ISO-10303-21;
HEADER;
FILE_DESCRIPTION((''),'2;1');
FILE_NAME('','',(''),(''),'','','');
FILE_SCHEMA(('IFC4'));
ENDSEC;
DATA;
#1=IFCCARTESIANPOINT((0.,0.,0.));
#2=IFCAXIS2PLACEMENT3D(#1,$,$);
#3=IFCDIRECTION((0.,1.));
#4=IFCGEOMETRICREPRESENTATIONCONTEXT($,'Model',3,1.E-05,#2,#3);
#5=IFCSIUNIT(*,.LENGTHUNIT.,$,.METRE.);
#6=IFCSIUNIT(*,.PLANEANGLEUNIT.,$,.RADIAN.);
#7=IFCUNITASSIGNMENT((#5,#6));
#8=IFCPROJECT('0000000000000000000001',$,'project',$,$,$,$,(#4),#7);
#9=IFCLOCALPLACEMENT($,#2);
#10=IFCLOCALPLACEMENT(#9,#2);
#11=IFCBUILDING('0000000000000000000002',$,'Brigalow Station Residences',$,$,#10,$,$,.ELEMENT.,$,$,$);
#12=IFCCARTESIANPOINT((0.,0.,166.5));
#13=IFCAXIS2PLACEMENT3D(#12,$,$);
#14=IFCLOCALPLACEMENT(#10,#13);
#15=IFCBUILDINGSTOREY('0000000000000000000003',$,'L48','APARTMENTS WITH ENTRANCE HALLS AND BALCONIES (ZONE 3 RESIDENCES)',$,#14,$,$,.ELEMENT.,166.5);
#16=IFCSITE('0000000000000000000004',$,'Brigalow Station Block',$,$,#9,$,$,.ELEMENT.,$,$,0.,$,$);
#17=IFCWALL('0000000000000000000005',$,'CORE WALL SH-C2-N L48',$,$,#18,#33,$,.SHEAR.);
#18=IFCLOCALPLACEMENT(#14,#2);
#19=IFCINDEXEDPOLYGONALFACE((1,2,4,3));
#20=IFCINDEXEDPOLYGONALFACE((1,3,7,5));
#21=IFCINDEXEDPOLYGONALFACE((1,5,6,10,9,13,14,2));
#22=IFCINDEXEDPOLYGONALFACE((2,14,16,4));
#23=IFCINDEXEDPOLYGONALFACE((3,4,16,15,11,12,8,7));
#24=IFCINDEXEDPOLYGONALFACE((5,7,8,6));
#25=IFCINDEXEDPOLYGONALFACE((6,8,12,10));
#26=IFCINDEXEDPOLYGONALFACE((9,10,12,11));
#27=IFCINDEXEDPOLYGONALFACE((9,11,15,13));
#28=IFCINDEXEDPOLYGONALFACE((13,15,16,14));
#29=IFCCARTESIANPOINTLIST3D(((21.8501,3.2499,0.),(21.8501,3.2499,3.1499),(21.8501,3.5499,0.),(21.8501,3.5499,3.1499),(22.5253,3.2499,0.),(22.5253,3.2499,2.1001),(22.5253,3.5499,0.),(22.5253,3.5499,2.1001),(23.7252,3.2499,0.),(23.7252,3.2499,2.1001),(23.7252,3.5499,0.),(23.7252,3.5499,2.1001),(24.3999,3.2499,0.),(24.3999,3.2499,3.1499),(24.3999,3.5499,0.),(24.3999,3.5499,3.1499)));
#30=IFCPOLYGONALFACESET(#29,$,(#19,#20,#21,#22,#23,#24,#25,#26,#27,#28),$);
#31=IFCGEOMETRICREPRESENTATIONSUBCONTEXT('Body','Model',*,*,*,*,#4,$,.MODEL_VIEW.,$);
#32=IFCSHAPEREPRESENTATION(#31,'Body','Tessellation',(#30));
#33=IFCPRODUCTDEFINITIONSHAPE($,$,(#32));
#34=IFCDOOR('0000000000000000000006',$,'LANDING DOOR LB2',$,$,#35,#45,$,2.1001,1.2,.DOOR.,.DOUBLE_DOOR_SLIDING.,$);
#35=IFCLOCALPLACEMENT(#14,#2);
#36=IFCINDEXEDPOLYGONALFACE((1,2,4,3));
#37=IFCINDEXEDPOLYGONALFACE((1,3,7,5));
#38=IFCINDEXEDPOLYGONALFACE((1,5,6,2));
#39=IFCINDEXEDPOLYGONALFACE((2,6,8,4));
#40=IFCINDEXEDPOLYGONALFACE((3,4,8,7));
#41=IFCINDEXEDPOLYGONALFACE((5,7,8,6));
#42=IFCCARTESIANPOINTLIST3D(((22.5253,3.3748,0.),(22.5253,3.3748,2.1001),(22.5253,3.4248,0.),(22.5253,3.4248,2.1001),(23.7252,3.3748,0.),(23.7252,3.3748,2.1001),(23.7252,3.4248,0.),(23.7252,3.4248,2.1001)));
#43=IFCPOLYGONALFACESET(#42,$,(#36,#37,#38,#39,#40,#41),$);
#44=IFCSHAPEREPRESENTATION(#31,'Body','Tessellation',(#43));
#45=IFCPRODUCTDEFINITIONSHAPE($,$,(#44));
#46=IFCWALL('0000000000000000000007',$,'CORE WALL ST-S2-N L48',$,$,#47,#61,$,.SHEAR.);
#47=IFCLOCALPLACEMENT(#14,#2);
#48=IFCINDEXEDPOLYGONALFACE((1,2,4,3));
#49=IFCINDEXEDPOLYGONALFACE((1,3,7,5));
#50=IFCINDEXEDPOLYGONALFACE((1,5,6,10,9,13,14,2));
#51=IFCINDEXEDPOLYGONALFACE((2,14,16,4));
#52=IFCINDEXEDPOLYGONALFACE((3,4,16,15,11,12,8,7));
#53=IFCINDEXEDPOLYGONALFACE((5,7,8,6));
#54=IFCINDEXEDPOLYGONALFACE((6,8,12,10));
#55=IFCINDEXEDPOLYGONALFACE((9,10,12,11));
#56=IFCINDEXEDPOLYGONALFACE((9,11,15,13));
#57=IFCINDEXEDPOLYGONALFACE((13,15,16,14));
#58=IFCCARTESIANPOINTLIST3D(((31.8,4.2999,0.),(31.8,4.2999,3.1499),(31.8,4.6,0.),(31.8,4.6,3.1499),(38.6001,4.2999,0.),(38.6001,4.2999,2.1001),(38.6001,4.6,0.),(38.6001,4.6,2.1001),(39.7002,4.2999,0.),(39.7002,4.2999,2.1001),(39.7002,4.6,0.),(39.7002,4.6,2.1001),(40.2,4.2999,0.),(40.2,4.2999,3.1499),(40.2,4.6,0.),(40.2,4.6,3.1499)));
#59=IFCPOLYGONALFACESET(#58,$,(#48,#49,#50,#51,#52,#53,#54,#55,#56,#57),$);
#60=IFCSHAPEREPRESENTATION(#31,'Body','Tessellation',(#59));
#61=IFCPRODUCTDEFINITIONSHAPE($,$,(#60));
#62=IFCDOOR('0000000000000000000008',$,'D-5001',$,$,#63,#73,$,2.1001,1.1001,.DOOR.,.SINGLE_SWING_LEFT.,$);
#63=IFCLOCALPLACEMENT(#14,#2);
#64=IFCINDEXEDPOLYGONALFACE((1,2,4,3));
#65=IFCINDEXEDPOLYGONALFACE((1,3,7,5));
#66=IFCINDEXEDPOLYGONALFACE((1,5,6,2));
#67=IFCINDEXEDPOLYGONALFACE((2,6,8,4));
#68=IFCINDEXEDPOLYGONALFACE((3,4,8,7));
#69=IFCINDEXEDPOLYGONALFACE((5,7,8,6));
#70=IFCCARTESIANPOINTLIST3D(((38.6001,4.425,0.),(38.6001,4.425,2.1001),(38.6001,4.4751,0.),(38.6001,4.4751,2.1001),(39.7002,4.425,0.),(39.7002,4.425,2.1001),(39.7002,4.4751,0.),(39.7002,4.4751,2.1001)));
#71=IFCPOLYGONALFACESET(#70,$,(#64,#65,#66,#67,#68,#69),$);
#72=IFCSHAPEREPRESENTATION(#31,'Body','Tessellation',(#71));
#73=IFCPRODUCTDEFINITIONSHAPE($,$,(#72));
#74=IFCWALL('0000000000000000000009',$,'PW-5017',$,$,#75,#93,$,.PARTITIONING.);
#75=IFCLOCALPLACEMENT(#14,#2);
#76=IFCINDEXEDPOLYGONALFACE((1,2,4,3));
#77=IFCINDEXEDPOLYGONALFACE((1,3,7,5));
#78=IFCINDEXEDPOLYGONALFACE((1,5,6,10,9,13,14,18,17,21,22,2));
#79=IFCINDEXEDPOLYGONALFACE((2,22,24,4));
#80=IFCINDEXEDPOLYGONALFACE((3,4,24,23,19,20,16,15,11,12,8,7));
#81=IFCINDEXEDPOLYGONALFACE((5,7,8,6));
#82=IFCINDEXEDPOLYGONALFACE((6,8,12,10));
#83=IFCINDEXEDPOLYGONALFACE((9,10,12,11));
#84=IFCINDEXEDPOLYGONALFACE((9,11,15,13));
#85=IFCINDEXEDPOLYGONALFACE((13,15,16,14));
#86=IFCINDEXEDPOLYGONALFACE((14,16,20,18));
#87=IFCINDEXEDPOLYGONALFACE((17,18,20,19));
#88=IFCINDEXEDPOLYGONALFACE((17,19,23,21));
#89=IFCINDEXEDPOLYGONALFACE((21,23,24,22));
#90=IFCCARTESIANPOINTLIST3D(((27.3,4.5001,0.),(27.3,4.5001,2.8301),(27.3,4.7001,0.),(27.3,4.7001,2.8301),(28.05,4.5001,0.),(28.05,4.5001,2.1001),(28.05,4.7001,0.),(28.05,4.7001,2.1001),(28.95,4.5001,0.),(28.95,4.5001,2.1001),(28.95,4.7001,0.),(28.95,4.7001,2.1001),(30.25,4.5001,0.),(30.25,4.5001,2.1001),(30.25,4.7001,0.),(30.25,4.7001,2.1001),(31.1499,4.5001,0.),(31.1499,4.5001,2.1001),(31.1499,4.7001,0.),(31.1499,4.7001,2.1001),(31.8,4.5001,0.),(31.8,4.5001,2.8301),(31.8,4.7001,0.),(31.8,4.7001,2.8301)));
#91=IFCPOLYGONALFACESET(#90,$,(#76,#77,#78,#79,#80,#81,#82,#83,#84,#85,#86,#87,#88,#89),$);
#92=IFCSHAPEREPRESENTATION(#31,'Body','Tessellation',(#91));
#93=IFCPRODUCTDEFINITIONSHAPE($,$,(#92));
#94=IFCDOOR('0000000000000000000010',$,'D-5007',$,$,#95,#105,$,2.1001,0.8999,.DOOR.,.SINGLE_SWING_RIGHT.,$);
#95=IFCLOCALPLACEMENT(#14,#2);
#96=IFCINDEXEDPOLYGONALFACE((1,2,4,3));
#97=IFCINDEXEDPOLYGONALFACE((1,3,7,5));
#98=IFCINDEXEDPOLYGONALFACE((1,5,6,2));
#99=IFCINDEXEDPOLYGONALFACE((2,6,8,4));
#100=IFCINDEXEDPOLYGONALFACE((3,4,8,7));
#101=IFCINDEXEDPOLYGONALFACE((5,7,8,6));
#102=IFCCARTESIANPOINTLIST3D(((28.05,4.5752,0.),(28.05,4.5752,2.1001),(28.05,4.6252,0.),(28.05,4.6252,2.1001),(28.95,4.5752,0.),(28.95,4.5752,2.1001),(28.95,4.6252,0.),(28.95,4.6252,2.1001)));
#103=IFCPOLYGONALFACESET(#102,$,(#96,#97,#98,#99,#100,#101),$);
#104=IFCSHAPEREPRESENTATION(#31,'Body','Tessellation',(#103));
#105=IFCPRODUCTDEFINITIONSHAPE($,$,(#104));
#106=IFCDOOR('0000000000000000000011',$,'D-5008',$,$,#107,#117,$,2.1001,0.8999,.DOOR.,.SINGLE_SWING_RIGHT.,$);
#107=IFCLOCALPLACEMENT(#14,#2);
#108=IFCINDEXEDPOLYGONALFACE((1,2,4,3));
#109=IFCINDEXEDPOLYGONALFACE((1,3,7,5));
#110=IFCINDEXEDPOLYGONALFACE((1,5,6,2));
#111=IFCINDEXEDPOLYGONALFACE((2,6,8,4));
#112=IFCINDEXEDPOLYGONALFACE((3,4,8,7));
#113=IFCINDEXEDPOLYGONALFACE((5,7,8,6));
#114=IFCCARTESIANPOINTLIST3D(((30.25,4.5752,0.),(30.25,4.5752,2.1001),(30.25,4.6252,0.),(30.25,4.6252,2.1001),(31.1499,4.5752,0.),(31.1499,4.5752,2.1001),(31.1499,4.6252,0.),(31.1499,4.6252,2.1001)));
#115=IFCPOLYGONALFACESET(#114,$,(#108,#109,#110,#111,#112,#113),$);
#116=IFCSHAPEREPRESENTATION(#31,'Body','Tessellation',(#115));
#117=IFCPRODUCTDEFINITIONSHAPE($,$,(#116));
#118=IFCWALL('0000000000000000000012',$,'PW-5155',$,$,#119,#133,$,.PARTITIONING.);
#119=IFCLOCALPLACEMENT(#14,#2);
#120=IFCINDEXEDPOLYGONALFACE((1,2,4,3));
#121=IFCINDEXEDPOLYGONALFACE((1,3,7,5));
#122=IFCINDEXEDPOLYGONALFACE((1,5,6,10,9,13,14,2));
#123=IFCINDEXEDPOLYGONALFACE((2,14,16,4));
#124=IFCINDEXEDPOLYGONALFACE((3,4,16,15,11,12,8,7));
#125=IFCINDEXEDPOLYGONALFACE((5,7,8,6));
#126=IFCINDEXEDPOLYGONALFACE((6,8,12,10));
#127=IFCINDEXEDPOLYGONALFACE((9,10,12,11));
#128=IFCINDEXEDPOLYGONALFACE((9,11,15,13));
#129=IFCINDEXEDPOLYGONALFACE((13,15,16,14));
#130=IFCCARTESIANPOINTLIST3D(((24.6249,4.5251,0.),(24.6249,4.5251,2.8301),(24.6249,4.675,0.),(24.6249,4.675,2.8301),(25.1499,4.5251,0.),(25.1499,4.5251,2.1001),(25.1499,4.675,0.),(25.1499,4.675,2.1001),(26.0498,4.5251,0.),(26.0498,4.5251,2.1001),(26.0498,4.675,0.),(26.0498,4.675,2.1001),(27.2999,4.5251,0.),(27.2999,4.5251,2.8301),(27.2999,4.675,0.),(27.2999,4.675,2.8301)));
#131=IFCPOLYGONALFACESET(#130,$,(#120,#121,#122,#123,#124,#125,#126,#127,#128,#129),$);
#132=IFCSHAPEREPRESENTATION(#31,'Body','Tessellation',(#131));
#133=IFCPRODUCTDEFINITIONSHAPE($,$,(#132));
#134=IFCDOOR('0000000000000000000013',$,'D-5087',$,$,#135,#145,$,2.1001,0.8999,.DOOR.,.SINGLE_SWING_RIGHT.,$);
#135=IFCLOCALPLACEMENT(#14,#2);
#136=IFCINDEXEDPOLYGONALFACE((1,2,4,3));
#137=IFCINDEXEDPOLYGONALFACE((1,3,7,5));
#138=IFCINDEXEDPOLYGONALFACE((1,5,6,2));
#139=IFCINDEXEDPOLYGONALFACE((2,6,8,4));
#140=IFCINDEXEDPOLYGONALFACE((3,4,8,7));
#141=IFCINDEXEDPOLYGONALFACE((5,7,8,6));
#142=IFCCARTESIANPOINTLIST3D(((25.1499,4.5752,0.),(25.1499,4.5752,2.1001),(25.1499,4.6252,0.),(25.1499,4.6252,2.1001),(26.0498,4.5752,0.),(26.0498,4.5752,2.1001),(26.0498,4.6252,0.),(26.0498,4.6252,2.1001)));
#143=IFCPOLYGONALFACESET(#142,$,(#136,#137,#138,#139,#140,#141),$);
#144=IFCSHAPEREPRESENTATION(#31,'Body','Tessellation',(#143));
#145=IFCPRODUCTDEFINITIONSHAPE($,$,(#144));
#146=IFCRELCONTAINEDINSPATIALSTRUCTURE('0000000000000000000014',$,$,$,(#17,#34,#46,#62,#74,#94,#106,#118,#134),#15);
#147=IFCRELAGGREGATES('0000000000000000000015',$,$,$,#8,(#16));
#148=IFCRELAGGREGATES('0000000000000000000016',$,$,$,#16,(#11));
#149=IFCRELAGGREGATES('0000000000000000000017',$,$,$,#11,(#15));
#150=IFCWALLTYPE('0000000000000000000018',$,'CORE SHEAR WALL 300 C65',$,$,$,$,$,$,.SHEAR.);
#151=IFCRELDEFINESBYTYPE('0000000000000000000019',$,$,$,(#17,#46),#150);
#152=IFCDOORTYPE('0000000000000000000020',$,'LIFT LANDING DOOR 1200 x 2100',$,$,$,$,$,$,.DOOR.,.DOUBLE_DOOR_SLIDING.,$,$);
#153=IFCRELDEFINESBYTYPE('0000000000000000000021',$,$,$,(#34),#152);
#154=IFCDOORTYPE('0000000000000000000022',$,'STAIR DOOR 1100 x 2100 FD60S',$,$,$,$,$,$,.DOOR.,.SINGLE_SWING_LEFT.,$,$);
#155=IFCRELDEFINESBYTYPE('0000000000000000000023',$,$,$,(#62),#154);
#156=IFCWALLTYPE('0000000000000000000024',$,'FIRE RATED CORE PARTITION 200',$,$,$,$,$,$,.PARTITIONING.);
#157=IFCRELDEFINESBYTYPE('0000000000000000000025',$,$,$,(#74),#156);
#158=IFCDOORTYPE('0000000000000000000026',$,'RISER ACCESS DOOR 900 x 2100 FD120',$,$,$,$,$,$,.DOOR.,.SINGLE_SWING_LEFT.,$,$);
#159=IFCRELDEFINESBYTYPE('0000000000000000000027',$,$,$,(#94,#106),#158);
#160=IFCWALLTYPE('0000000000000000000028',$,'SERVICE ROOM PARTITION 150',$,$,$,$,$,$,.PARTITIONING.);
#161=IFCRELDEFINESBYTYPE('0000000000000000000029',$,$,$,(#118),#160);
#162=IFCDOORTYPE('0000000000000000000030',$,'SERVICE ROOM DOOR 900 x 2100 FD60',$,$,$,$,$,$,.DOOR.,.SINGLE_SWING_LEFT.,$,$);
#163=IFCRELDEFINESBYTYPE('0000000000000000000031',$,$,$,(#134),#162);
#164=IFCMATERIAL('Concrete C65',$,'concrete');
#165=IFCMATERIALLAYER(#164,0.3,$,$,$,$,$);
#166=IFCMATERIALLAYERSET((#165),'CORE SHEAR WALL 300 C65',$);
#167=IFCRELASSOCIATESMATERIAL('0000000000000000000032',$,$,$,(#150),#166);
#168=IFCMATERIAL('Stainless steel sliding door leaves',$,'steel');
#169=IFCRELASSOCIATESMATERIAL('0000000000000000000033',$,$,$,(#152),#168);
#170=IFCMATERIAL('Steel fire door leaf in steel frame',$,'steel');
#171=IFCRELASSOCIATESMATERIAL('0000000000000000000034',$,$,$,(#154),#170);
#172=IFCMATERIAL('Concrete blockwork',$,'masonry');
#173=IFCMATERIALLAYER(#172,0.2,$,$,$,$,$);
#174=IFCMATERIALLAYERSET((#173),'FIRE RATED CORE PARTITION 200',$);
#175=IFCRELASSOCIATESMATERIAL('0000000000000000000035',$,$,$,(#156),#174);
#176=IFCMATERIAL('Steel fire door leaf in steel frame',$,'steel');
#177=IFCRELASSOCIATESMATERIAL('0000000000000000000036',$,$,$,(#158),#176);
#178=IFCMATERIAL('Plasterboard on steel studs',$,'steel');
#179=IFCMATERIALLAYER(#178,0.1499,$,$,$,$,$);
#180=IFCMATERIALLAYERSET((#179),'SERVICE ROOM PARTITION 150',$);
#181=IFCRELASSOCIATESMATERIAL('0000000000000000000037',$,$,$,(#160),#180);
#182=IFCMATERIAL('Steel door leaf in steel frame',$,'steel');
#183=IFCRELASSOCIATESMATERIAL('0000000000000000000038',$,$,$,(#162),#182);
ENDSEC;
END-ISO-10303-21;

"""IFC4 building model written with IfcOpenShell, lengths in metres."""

from ifc_helpers import new_model, si_unit, direction, frame, frame_2d, origin, place, context, subcontext, project, spatial, rectangle, extrude, material, layer, layer_set, type_object, element, fill, save


model = new_model("IFC4")

# Units and contexts
model_context = context("Model", 3, precision=1e-05, world=origin(), true_north=direction((0.0, 1.0)))
body_context = subcontext(model_context, "Body", "Model", "MODEL_VIEW")
ifc_project = project(units=[si_unit("LENGTHUNIT", "METRE"), si_unit("PLANEANGLEUNIT", "RADIAN")], contexts=[model_context])

# Site, building, storey
site_placement = place(None, origin())
site = spatial("IfcSite", under=ifc_project, at=site_placement, Name="Brigalow Station Block", CompositionType="ELEMENT", RefElevation=0.0)
building_placement = place(site_placement, origin())
building = spatial("IfcBuilding", under=site, at=building_placement, Name="Brigalow Station Residences", CompositionType="ELEMENT")
storey_placement = place(building_placement, frame((0.0, 0.0, 166.5)))
storey = spatial("IfcBuildingStorey", under=building, at=storey_placement, Name="L48", Description="APARTMENTS WITH ENTRANCE HALLS AND BALCONIES (ZONE 3 RESIDENCES)", CompositionType="ELEMENT", Elevation=166.5)

# Walls, openings, doors
ifc_material_1 = material(Name="Concrete C65", Category="concrete")
ifc_layer_1 = layer(ifc_material_1, 0.3)
ifc_layer_set_1 = layer_set([ifc_layer_1], Name="CORE SHEAR WALL 300 C65")
wall_type_1 = type_object("IfcWallType", Name="CORE SHEAR WALL 300 C65", PredefinedType="SHEAR", material=ifc_layer_set_1)
wall_1_placement = place(storey_placement, frame((21.8501, 3.3999, 0.0), z_axis=(0.0, 0.0, 1.0), x_axis=(1.0, 0.0, 0.0)))
wall_1 = element("IfcWall", 1, at=wall_1_placement, inside=storey, type_object=wall_type_1, Name="CORE WALL SH-C2-N L48", PredefinedType="SHEAR", context=body_context, shape_type="SweptSolid", body=[
    extrude(rectangle(XDim=2.5498, YDim=0.3, at=frame_2d((1.2749, 0.0))), origin(), (0.0, 0.0, 1.0), 3.1499),
])
opening_1_placement = place(wall_1_placement, frame((0.675, 0.0, 0.0)))
opening_1 = element("IfcOpeningElement", 2, at=opening_1_placement, cuts=wall_1, PredefinedType="OPENING", context=body_context, shape_type="SweptSolid", body=[
    extrude(rectangle(XDim=1.2, YDim=2.1001, at=frame_2d((0.6001, 1.05))), frame((0.0, 0.1602, 0.0), z_axis=(0.0, -1.0, 0.0), x_axis=(1.0, 0.0, 0.0)), (0.0, 0.0, 1.0), 0.3201),
])
ifc_material_2 = material(Name="Stainless steel sliding door leaves", Category="steel")
door_type_1 = type_object("IfcDoorType", Name="LIFT LANDING DOOR 1200 x 2100", OperationType="DOUBLE_DOOR_SLIDING", PredefinedType="DOOR", material=ifc_material_2)
door_1_placement = place(opening_1_placement, origin())
door_1 = element("IfcDoor", 3, at=door_1_placement, inside=storey, type_object=door_type_1, Name="LANDING DOOR LB2", OperationType="DOUBLE_DOOR_SLIDING", OverallHeight=2.1001, OverallWidth=1.2, PredefinedType="DOOR", context=body_context, shape_type="SweptSolid", body=[
    extrude(rectangle(XDim=1.2, YDim=2.1001, at=frame_2d((0.6001, 1.05))), frame((0.0, 0.0249, 0.0), z_axis=(0.0, -1.0, 0.0), x_axis=(1.0, 0.0, 0.0)), (0.0, 0.0, 1.0), 0.05),
])
fill(opening_1, door_1)
wall_2_placement = place(storey_placement, frame((31.8, 4.45, 0.0), z_axis=(0.0, 0.0, 1.0), x_axis=(1.0, 0.0, 0.0)))
wall_2 = element("IfcWall", 4, at=wall_2_placement, inside=storey, type_object=wall_type_1, Name="CORE WALL ST-S2-N L48", PredefinedType="SHEAR", context=body_context, shape_type="SweptSolid", body=[
    extrude(rectangle(XDim=8.3999, YDim=0.3, at=frame_2d((4.2, 0.0))), origin(), (0.0, 0.0, 1.0), 3.1499),
])
opening_2_placement = place(wall_2_placement, frame((6.8, 0.0, 0.0)))
opening_2 = element("IfcOpeningElement", 5, at=opening_2_placement, cuts=wall_2, PredefinedType="OPENING", context=body_context, shape_type="SweptSolid", body=[
    extrude(rectangle(XDim=1.1001, YDim=2.1001, at=frame_2d((0.55, 1.05))), frame((0.0, 0.1602, 0.0), z_axis=(0.0, -1.0, 0.0), x_axis=(1.0, 0.0, 0.0)), (0.0, 0.0, 1.0), 0.3201),
])
ifc_material_3 = material(Name="Steel fire door leaf in steel frame", Category="steel")
door_type_2 = type_object("IfcDoorType", Name="STAIR DOOR 1100 x 2100 FD60S", OperationType="SINGLE_SWING_LEFT", PredefinedType="DOOR", material=ifc_material_3)
door_2_placement = place(opening_2_placement, frame((1.1001, 0.0, 0.0), z_axis=(0.0, 0.0, 1.0), x_axis=(-1.0, 0.0, 0.0)))
door_2 = element("IfcDoor", 6, at=door_2_placement, inside=storey, type_object=door_type_2, Name="D-5001", OperationType="SINGLE_SWING_LEFT", OverallHeight=2.1001, OverallWidth=1.1001, PredefinedType="DOOR", context=body_context, shape_type="SweptSolid", body=[
    extrude(rectangle(XDim=1.1001, YDim=2.1001, at=frame_2d((0.55, 1.05))), frame((0.0, 0.0249, 0.0), z_axis=(0.0, -1.0, 0.0), x_axis=(1.0, 0.0, 0.0)), (0.0, 0.0, 1.0), 0.05),
])
fill(opening_2, door_2)

# Wall, openings, doors
ifc_material_4 = material(Name="Concrete blockwork", Category="masonry")
ifc_layer_2 = layer(ifc_material_4, 0.2)
ifc_layer_set_2 = layer_set([ifc_layer_2], Name="FIRE RATED CORE PARTITION 200")
wall_type_2 = type_object("IfcWallType", Name="FIRE RATED CORE PARTITION 200", PredefinedType="PARTITIONING", material=ifc_layer_set_2)
wall_3_placement = place(storey_placement, frame((27.3, 4.6001, 0.0), z_axis=(0.0, 0.0, 1.0), x_axis=(1.0, 0.0, 0.0)))
wall_3 = element("IfcWall", 7, at=wall_3_placement, inside=storey, type_object=wall_type_2, Name="PW-5017", PredefinedType="PARTITIONING", context=body_context, shape_type="SweptSolid", body=[
    extrude(rectangle(XDim=4.5, YDim=0.2, at=frame_2d((2.25, 0.0))), origin(), (0.0, 0.0, 1.0), 2.8301),
])
opening_3_placement = place(wall_3_placement, frame((0.75, 0.0, 0.0)))
opening_3 = element("IfcOpeningElement", 8, at=opening_3_placement, cuts=wall_3, PredefinedType="OPENING", context=body_context, shape_type="SweptSolid", body=[
    extrude(rectangle(XDim=0.8999, YDim=2.1001, at=frame_2d((0.45, 1.05))), frame((0.0, 0.1099, 0.0), z_axis=(0.0, -1.0, 0.0), x_axis=(1.0, 0.0, 0.0)), (0.0, 0.0, 1.0), 0.22),
])
opening_4_placement = place(wall_3_placement, frame((2.95, 0.0, 0.0)))
opening_4 = element("IfcOpeningElement", 9, at=opening_4_placement, cuts=wall_3, PredefinedType="OPENING", context=body_context, shape_type="SweptSolid", body=[
    extrude(rectangle(XDim=0.8999, YDim=2.1001, at=frame_2d((0.45, 1.05))), frame((0.0, 0.1099, 0.0), z_axis=(0.0, -1.0, 0.0), x_axis=(1.0, 0.0, 0.0)), (0.0, 0.0, 1.0), 0.22),
])
ifc_material_5 = material(Name="Steel fire door leaf in steel frame", Category="steel")
door_type_3 = type_object("IfcDoorType", Name="RISER ACCESS DOOR 900 x 2100 FD120", OperationType="SINGLE_SWING_LEFT", PredefinedType="DOOR", material=ifc_material_5)
door_3_placement = place(opening_3_placement, frame((0.8999, 0.0, 0.0), z_axis=(0.0, 0.0, 1.0), x_axis=(-1.0, 0.0, 0.0)))
door_3 = element("IfcDoor", 10, at=door_3_placement, inside=storey, type_object=door_type_3, Name="D-5007", OperationType="SINGLE_SWING_RIGHT", OverallHeight=2.1001, OverallWidth=0.8999, PredefinedType="DOOR", context=body_context, shape_type="SweptSolid", body=[
    extrude(rectangle(XDim=0.8999, YDim=2.1001, at=frame_2d((0.45, 1.05))), frame((0.0, 0.0249, 0.0), z_axis=(0.0, -1.0, 0.0), x_axis=(1.0, 0.0, 0.0)), (0.0, 0.0, 1.0), 0.05),
])
fill(opening_3, door_3)
door_4_placement = place(opening_4_placement, frame((0.8999, 0.0, 0.0), z_axis=(0.0, 0.0, 1.0), x_axis=(-1.0, 0.0, 0.0)))
door_4 = element("IfcDoor", 11, at=door_4_placement, inside=storey, type_object=door_type_3, Name="D-5008", OperationType="SINGLE_SWING_RIGHT", OverallHeight=2.1001, OverallWidth=0.8999, PredefinedType="DOOR", context=body_context, shape_type="SweptSolid", body=[
    extrude(rectangle(XDim=0.8999, YDim=2.1001, at=frame_2d((0.45, 1.05))), frame((0.0, 0.0249, 0.0), z_axis=(0.0, -1.0, 0.0), x_axis=(1.0, 0.0, 0.0)), (0.0, 0.0, 1.0), 0.05),
])
fill(opening_4, door_4)

# Wall, opening, door
ifc_material_6 = material(Name="Plasterboard on steel studs", Category="steel")
ifc_layer_3 = layer(ifc_material_6, 0.1499)
ifc_layer_set_3 = layer_set([ifc_layer_3], Name="SERVICE ROOM PARTITION 150")
wall_type_3 = type_object("IfcWallType", Name="SERVICE ROOM PARTITION 150", PredefinedType="PARTITIONING", material=ifc_layer_set_3)
wall_4_placement = place(storey_placement, frame((24.625, 4.6001, 0.0), z_axis=(0.0, 0.0, 1.0), x_axis=(1.0, 0.0, 0.0)))
wall_4 = element("IfcWall", 12, at=wall_4_placement, inside=storey, type_object=wall_type_3, Name="PW-5155", PredefinedType="PARTITIONING", context=body_context, shape_type="SweptSolid", body=[
    extrude(rectangle(XDim=2.675, YDim=0.1499, at=frame_2d((1.3374, 0.0))), origin(), (0.0, 0.0, 1.0), 2.8301),
])
opening_5_placement = place(wall_4_placement, frame((0.5249, 0.0, 0.0)))
opening_5 = element("IfcOpeningElement", 13, at=opening_5_placement, cuts=wall_4, PredefinedType="OPENING", context=body_context, shape_type="SweptSolid", body=[
    extrude(rectangle(XDim=0.8999, YDim=2.1001, at=frame_2d((0.45, 1.05))), frame((0.0, 0.085, 0.0), z_axis=(0.0, -1.0, 0.0), x_axis=(1.0, 0.0, 0.0)), (0.0, 0.0, 1.0), 0.1699),
])
ifc_material_7 = material(Name="Steel door leaf in steel frame", Category="steel")
door_type_4 = type_object("IfcDoorType", Name="SERVICE ROOM DOOR 900 x 2100 FD60", OperationType="SINGLE_SWING_LEFT", PredefinedType="DOOR", material=ifc_material_7)
door_5_placement = place(opening_5_placement, frame((0.8999, 0.0, 0.0), z_axis=(0.0, 0.0, 1.0), x_axis=(-1.0, 0.0, 0.0)))
door_5 = element("IfcDoor", 14, at=door_5_placement, inside=storey, type_object=door_type_4, Name="D-5087", OperationType="SINGLE_SWING_RIGHT", OverallHeight=2.1001, OverallWidth=0.8999, PredefinedType="DOOR", context=body_context, shape_type="SweptSolid", body=[
    extrude(rectangle(XDim=0.8999, YDim=2.1001, at=frame_2d((0.45, 1.05))), frame((0.0, 0.0249, 0.0), z_axis=(0.0, -1.0, 0.0), x_axis=(1.0, 0.0, 0.0)), (0.0, 0.0, 1.0), 0.05),
])
fill(opening_5, door_5)

save(model, "model.ifc")
